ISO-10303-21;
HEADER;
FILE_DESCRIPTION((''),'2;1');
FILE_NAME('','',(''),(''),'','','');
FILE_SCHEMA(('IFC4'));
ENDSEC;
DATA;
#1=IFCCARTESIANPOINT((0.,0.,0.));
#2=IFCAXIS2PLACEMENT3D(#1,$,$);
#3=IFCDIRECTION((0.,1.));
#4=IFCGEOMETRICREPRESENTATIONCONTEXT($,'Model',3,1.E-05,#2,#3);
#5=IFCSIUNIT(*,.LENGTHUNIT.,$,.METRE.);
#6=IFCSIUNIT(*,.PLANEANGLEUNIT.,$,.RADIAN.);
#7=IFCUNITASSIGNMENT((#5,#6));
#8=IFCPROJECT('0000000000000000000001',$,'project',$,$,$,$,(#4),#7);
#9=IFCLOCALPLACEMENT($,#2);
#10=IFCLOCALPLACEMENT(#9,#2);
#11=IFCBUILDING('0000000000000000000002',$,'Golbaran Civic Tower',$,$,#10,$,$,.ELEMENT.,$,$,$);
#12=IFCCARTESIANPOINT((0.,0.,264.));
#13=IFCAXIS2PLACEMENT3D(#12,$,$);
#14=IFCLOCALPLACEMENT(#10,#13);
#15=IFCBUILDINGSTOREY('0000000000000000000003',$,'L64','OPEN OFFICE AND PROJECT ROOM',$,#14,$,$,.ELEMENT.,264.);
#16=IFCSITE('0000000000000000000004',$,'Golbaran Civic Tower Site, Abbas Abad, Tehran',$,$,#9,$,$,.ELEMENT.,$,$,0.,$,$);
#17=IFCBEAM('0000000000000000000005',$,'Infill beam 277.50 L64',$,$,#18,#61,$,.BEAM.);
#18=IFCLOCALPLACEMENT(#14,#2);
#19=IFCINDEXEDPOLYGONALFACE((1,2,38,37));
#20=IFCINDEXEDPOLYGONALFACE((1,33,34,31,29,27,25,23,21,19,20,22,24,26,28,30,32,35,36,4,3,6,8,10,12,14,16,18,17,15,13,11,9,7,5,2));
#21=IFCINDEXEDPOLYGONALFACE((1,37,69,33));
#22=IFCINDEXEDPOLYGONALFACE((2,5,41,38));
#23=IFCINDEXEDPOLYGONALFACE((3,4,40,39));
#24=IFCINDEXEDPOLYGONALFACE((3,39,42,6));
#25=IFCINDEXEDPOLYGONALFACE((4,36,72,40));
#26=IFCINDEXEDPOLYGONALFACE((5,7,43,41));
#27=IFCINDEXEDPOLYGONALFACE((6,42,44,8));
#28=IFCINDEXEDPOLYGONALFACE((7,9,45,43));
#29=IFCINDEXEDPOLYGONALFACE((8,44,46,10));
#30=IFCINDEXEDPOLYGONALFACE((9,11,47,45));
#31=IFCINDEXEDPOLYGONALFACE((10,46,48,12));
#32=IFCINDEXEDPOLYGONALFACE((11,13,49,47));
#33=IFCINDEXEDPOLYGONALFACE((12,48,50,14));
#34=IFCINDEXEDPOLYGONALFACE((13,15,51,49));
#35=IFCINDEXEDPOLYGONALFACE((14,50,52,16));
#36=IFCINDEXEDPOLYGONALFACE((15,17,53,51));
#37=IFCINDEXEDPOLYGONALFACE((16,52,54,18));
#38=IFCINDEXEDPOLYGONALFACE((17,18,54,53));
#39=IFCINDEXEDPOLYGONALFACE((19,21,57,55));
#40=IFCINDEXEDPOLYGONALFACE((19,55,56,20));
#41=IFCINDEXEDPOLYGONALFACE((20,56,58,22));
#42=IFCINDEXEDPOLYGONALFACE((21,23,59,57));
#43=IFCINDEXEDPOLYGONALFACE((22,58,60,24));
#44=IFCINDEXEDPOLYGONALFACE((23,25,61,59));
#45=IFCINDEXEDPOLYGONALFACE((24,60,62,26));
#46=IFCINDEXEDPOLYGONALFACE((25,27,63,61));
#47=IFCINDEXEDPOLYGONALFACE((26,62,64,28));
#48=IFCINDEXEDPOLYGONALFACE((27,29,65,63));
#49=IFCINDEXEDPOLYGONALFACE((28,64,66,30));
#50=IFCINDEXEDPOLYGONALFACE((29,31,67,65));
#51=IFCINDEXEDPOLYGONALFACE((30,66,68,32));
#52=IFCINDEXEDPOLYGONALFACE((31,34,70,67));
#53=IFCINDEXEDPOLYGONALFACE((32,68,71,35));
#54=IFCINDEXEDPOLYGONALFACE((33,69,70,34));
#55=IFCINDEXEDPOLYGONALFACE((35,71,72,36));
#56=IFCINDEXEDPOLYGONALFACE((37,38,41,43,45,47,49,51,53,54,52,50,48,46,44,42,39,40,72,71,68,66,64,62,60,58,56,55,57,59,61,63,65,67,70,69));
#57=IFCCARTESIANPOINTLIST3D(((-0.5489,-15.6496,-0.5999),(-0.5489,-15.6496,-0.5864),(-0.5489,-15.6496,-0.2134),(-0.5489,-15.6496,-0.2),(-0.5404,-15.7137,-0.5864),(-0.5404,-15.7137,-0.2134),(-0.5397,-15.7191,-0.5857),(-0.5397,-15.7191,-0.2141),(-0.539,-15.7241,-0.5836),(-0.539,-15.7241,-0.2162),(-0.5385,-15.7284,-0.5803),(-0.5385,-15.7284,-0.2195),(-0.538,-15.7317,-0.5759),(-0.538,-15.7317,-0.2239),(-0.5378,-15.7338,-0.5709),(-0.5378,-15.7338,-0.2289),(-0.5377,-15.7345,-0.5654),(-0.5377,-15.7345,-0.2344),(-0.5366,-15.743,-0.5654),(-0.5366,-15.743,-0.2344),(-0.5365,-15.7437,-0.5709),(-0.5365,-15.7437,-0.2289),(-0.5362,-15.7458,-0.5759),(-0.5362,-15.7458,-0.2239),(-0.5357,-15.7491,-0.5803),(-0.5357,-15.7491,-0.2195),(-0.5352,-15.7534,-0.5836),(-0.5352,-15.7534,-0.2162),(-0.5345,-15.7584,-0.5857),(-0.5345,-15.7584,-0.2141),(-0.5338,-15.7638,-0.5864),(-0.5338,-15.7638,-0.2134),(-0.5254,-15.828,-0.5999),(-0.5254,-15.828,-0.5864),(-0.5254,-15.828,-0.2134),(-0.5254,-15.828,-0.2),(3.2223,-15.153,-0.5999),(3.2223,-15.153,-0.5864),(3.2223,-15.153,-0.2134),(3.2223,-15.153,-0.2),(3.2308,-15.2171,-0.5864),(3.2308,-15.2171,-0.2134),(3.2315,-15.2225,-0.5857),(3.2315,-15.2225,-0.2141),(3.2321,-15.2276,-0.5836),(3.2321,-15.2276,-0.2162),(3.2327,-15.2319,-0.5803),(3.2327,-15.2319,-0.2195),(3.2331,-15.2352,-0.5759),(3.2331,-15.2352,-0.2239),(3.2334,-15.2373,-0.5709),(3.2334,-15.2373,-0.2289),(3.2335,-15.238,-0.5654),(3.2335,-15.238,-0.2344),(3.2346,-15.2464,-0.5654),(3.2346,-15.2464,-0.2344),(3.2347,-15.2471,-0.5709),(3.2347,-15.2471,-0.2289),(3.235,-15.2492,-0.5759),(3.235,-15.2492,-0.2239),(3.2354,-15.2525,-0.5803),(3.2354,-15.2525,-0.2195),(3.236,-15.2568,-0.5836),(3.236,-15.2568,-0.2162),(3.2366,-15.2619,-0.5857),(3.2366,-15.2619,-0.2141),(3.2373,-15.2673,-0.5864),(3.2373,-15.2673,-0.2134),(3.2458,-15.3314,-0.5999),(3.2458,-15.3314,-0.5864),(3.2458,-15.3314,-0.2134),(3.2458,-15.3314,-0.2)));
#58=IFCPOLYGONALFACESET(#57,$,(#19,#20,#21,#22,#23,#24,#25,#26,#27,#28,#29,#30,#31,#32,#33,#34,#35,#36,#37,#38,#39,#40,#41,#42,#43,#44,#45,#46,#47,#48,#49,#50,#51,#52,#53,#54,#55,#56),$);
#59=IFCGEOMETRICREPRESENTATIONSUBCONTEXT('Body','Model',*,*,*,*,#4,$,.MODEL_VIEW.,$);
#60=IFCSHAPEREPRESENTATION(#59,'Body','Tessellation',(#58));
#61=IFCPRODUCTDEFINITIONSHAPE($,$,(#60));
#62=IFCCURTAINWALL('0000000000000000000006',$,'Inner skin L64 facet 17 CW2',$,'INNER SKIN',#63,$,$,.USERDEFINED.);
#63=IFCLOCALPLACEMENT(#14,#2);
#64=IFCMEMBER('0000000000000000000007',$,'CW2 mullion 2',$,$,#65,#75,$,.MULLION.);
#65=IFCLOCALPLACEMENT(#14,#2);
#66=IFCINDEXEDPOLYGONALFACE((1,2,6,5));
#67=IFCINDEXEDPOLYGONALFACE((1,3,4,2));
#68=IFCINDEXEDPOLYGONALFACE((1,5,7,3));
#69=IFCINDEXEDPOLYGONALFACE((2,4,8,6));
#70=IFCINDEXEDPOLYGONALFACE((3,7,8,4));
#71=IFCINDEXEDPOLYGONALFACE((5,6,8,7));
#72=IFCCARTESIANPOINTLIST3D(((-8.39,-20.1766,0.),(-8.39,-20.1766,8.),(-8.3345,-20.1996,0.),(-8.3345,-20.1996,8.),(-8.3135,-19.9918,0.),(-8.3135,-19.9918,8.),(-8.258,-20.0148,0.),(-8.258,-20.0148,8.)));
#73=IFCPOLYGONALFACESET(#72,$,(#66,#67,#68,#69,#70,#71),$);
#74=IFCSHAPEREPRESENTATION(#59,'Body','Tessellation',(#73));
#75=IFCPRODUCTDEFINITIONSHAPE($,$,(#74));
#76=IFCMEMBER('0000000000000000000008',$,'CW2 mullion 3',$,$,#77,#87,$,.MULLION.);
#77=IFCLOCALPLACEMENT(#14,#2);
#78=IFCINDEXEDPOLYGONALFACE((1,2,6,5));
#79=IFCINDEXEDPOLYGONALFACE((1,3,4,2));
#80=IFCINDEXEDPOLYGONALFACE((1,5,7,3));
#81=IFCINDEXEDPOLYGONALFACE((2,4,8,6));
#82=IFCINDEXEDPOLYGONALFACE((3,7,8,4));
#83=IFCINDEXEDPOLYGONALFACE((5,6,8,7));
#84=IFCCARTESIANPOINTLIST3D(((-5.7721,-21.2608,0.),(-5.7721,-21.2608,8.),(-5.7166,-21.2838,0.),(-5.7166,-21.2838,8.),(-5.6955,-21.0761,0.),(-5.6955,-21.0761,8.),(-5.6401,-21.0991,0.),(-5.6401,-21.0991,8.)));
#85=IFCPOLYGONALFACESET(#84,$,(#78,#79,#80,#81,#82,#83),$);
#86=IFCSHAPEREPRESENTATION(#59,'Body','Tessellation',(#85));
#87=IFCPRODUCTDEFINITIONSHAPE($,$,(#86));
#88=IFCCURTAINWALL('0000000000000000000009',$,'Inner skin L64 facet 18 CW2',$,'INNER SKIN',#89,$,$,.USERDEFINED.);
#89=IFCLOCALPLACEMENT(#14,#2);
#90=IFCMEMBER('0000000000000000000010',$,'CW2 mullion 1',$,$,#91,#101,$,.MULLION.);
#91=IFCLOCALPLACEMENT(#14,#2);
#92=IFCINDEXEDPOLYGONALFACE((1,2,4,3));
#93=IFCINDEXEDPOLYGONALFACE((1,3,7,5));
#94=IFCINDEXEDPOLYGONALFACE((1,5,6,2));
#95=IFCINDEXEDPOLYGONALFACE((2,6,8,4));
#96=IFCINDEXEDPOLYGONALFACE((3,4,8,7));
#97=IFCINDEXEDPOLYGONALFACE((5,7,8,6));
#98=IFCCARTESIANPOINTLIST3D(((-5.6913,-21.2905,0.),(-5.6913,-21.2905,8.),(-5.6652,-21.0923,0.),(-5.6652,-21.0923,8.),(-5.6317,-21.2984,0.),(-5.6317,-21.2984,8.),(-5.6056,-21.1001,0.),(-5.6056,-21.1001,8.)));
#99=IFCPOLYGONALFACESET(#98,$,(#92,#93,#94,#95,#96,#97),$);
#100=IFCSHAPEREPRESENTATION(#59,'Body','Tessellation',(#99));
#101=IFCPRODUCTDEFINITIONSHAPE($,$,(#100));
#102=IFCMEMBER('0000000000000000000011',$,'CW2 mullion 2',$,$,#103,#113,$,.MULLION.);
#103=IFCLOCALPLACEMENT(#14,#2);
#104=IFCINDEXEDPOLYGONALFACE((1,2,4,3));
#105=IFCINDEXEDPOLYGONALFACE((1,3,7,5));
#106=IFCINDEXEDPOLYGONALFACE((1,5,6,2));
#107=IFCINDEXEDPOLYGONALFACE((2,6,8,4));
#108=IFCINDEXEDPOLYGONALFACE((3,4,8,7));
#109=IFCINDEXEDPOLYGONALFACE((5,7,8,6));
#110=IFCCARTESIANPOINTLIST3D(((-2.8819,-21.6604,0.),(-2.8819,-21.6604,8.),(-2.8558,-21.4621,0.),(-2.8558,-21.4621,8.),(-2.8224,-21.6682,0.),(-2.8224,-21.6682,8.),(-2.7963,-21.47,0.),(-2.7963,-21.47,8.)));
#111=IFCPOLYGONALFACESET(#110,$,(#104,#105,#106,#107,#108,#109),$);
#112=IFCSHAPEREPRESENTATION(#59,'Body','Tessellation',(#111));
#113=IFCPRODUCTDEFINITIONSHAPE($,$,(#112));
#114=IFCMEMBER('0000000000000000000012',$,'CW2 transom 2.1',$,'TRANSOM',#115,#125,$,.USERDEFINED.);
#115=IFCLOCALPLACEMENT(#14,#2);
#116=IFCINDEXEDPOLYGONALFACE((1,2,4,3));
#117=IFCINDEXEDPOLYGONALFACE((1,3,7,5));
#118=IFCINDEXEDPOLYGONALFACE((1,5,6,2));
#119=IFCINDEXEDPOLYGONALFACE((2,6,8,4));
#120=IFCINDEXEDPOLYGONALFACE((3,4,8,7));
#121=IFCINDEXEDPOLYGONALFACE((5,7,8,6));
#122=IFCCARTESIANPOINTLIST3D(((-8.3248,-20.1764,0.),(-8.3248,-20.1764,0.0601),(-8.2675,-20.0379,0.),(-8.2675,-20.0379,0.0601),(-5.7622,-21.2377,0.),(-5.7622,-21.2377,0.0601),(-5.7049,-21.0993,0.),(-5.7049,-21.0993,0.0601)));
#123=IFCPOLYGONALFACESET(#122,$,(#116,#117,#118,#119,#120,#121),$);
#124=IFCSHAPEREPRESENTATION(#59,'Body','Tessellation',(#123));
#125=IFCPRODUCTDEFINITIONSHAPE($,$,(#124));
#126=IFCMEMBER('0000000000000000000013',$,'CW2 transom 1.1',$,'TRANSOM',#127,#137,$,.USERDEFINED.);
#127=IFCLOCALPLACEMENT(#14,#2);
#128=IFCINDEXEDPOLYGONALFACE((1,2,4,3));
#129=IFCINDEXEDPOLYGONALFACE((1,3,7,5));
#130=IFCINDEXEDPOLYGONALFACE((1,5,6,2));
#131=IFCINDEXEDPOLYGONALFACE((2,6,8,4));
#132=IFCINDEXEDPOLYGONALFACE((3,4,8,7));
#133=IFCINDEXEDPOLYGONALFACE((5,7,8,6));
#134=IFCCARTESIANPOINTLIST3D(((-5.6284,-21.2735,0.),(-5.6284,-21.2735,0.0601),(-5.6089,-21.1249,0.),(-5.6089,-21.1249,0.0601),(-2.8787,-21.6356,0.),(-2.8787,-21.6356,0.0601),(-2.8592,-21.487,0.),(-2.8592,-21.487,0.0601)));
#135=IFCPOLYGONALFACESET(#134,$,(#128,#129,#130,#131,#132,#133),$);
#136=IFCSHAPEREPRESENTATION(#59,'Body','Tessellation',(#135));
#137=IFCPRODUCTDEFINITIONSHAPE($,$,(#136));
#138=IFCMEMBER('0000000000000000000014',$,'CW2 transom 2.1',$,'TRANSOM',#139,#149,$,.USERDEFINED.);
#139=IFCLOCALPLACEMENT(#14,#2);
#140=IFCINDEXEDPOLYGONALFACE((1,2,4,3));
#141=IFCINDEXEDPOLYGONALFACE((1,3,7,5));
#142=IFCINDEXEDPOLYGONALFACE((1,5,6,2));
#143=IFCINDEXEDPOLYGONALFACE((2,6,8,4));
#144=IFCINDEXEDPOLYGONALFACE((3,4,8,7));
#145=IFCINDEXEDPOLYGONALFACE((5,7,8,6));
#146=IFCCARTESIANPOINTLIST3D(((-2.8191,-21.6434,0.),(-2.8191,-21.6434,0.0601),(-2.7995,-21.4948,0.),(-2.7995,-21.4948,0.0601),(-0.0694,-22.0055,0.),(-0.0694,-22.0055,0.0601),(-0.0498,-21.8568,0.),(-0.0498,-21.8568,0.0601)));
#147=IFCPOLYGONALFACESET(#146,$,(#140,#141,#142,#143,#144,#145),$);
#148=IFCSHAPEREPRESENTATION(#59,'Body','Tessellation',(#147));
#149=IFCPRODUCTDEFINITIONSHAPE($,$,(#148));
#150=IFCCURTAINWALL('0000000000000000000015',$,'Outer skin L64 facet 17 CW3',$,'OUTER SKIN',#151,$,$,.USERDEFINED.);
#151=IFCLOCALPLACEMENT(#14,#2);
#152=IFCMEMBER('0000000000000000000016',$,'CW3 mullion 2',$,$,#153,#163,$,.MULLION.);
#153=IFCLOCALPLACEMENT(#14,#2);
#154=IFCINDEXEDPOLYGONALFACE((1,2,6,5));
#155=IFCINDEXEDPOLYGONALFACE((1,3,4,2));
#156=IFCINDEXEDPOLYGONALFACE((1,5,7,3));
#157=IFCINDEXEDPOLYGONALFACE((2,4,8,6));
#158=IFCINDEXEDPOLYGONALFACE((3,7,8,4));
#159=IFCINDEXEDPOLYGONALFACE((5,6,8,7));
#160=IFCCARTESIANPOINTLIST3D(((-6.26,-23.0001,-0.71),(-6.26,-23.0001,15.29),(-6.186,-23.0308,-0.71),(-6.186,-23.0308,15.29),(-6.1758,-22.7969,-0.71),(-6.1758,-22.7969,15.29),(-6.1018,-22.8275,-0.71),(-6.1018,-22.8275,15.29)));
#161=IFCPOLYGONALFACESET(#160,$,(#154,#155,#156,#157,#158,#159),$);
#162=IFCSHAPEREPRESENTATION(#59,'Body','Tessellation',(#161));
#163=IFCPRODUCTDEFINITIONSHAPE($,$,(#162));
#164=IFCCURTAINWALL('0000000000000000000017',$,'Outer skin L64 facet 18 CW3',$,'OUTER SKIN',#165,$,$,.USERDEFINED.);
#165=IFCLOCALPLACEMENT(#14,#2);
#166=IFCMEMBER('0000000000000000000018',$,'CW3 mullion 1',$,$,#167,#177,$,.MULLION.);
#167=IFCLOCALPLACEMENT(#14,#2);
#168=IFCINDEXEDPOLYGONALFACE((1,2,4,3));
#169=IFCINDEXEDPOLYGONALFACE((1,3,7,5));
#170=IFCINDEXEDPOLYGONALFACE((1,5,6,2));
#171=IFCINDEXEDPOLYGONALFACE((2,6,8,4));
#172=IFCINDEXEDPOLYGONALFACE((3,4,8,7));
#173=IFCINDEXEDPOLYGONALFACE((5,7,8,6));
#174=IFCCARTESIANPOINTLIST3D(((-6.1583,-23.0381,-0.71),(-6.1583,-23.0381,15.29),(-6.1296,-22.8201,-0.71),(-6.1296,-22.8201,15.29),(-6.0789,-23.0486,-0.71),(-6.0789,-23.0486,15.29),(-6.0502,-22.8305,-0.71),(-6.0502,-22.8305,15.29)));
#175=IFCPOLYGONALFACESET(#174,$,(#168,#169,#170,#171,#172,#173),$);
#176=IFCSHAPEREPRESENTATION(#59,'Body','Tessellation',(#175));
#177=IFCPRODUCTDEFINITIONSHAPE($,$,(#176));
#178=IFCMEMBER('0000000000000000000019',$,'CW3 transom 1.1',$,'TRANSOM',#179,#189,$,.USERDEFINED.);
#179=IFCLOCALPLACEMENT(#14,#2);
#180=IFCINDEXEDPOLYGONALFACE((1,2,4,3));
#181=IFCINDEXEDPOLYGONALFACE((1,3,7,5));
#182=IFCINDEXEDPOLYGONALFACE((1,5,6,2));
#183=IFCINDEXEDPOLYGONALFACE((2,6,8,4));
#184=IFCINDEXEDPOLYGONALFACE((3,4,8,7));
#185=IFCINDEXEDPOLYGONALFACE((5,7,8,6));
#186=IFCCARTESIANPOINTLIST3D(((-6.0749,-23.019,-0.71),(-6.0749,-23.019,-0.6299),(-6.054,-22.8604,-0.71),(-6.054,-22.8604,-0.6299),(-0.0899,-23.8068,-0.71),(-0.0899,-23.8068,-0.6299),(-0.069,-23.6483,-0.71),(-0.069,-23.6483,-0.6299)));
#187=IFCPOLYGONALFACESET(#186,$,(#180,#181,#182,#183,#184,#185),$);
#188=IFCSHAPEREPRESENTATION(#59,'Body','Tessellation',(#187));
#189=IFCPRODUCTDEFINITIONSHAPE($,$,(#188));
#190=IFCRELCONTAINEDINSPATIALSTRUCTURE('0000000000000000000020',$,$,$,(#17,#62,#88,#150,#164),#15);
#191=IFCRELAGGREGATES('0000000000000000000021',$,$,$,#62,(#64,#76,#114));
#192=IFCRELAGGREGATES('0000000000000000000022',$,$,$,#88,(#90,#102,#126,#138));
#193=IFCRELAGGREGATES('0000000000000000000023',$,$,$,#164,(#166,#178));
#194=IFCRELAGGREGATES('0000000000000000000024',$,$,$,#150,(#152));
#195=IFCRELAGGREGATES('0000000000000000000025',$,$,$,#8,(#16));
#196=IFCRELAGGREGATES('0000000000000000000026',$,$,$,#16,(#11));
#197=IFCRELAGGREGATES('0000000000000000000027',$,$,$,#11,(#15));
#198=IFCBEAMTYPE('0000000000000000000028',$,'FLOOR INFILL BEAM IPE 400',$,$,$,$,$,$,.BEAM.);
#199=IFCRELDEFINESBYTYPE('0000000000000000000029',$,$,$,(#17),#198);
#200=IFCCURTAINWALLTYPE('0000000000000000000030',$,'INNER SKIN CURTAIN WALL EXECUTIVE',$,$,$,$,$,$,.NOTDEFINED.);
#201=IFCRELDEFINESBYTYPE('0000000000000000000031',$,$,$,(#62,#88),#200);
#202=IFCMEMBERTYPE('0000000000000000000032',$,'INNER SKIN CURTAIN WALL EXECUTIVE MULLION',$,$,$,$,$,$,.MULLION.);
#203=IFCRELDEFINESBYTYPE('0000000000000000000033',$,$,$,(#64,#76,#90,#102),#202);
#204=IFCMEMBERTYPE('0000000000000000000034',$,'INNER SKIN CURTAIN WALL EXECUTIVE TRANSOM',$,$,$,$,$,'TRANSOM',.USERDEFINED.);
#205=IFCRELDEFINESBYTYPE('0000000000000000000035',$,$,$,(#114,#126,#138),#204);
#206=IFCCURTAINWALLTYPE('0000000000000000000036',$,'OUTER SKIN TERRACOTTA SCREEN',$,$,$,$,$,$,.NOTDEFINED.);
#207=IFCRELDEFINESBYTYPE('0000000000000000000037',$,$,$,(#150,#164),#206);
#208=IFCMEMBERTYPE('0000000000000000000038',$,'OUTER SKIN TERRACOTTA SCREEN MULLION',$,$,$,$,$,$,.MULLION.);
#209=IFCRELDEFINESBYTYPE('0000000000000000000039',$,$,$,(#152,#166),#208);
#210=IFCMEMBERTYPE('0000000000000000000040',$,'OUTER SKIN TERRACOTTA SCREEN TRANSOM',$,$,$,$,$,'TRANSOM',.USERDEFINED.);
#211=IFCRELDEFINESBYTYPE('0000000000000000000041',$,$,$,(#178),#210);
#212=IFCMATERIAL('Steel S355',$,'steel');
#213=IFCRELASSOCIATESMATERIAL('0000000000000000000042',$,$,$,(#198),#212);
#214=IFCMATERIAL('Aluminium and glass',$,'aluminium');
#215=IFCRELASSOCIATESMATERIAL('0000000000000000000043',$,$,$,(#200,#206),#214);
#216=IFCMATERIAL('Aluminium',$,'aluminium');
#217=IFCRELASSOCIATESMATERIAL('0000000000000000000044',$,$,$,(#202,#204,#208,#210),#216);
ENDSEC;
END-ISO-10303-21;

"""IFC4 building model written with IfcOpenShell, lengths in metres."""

from ifc_helpers import new_model, si_unit, direction, frame, origin, origin_2d, place, context, subcontext, project, spatial, rectangle, i_section, extrude, material, material_profile, profile_set, type_object, element, aggregate, save


model = new_model("IFC4")

# Units and contexts
model_context = context("Model", 3, precision=1e-05, world=origin(), true_north=direction((0.0, 1.0)))
body_context = subcontext(model_context, "Body", "Model", "MODEL_VIEW")
ifc_project = project(units=[si_unit("LENGTHUNIT", "METRE"), si_unit("PLANEANGLEUNIT", "RADIAN")], contexts=[model_context])

# Site, building, storey
site_placement = place(None, origin())
site = spatial("IfcSite", under=ifc_project, at=site_placement, Name="Golbaran Civic Tower Site, Abbas Abad, Tehran", CompositionType="ELEMENT", RefElevation=0.0)
building_placement = place(site_placement, origin())
building = spatial("IfcBuilding", under=site, at=building_placement, Name="Golbaran Civic Tower", CompositionType="ELEMENT")
storey_placement = place(building_placement, frame((0.0, 0.0, 264.0)))
storey = spatial("IfcBuildingStorey", under=building, at=storey_placement, Name="L64", Description="OPEN OFFICE AND PROJECT ROOM", CompositionType="ELEMENT", Elevation=264.0)

# Shared definitions
ifc_material_1 = material(Name="Steel S355", Category="steel")

# Beam
ifc_material_profile_1 = material_profile(ifc_material_1, i_section(OverallWidth=0.1799, OverallDepth=0.3999, WebThickness=0.0085, FlangeThickness=0.0134, FilletRadius=0.021, at=origin_2d()), Name="IPE 400")
ifc_profile_set_1 = profile_set([ifc_material_profile_1], Name="Steel S355")
beam_type_1 = type_object("IfcBeamType", Name="FLOOR INFILL BEAM IPE 400", PredefinedType="BEAM", material=ifc_profile_set_1)
beam_1_placement = place(storey_placement, frame((-0.5371, -15.7388, -0.3999), z_axis=(0.991442, 0.130549, 0.0), x_axis=(-0.130549, 0.991442, 0.0)))
element("IfcBeam", 1, at=beam_1_placement, inside=storey, type_object=beam_type_1, Name="Infill beam 277.50 L64", PredefinedType="BEAM", context=body_context, shape_type="SweptSolid", body=[
    extrude(i_section(OverallWidth=0.1799, OverallDepth=0.3999, WebThickness=0.0085, FlangeThickness=0.0134, FilletRadius=0.021, at=origin_2d()), origin(), (0.0, 0.0, 1.0), 3.8037),
])

# Curtain walls, members
ifc_material_2 = material(Name="Aluminium and glass", Category="aluminium")
curtain_wall_type_1 = type_object("IfcCurtainWallType", Name="INNER SKIN CURTAIN WALL EXECUTIVE", PredefinedType="NOTDEFINED", material=ifc_material_2)
curtain_wall_1_placement = place(storey_placement, origin())
curtain_wall_1 = element("IfcCurtainWall", 2, at=curtain_wall_1_placement, inside=storey, type_object=curtain_wall_type_1, Name="Inner skin L64 facet 17 CW2", ObjectType="INNER SKIN", PredefinedType="USERDEFINED")
ifc_material_3 = material(Name="Aluminium", Category="aluminium")
ifc_material_profile_2 = material_profile(ifc_material_3, rectangle(XDim=0.2, YDim=0.0601, at=origin_2d()), Name="INNER SKIN CURTAIN WALL EXECUTIVE MULLION")
ifc_profile_set_2 = profile_set([ifc_material_profile_2], Name="Aluminium")
member_type_1 = type_object("IfcMemberType", Name="INNER SKIN CURTAIN WALL EXECUTIVE MULLION", PredefinedType="MULLION", material=ifc_profile_set_2)
member_1_placement = place(storey_placement, frame((-8.324, -20.0957, 0.0), z_axis=(0.0, 0.0, 1.0), x_axis=(0.382683, 0.92388, 0.0)))
member_1 = element("IfcMember", 3, at=member_1_placement, type_object=member_type_1, Name="CW2 mullion 2", PredefinedType="MULLION", context=body_context, shape_type="SweptSolid", body=[
    extrude(rectangle(XDim=0.2, YDim=0.0601, at=origin_2d()), origin(), (0.0, 0.0, 1.0), 8.0),
])
member_2_placement = place(storey_placement, frame((-5.7061, -21.1799, 0.0), z_axis=(0.0, 0.0, 1.0), x_axis=(0.382683, 0.92388, 0.0)))
member_2 = element("IfcMember", 4, at=member_2_placement, type_object=member_type_1, Name="CW2 mullion 3", PredefinedType="MULLION", context=body_context, shape_type="SweptSolid", body=[
    extrude(rectangle(XDim=0.2, YDim=0.0601, at=origin_2d()), origin(), (0.0, 0.0, 1.0), 8.0),
])
curtain_wall_2_placement = place(storey_placement, origin())
curtain_wall_2 = element("IfcCurtainWall", 5, at=curtain_wall_2_placement, inside=storey, type_object=curtain_wall_type_1, Name="Inner skin L64 facet 18 CW2", ObjectType="INNER SKIN", PredefinedType="USERDEFINED")
member_3_placement = place(storey_placement, frame((-5.6484, -21.1953, 0.0), z_axis=(0.0, 0.0, 1.0), x_axis=(0.130526, 0.991445, 0.0)))
member_3 = element("IfcMember", 6, at=member_3_placement, type_object=member_type_1, Name="CW2 mullion 1", PredefinedType="MULLION", context=body_context, shape_type="SweptSolid", body=[
    extrude(rectangle(XDim=0.2, YDim=0.0601, at=origin_2d()), origin(), (0.0, 0.0, 1.0), 8.0),
])
member_4_placement = place(storey_placement, frame((-2.8391, -21.5652, 0.0), z_axis=(0.0, 0.0, 1.0), x_axis=(0.130526, 0.991445, 0.0)))
member_4 = element("IfcMember", 7, at=member_4_placement, type_object=member_type_1, Name="CW2 mullion 2", PredefinedType="MULLION", context=body_context, shape_type="SweptSolid", body=[
    extrude(rectangle(XDim=0.2, YDim=0.0601, at=origin_2d()), origin(), (0.0, 0.0, 1.0), 8.0),
])

# Members
ifc_material_profile_3 = material_profile(ifc_material_3, rectangle(XDim=0.1499, YDim=0.0601, at=origin_2d()), Name="INNER SKIN CURTAIN WALL EXECUTIVE TRANSOM")
ifc_profile_set_3 = profile_set([ifc_material_profile_3], Name="Aluminium")
member_type_2 = type_object("IfcMemberType", Name="INNER SKIN CURTAIN WALL EXECUTIVE TRANSOM", ElementType="TRANSOM", PredefinedType="USERDEFINED", material=ifc_profile_set_3)
member_5_placement = place(storey_placement, frame((-8.2961, -20.1072, 0.03), z_axis=(0.923898, -0.382639, 0.0), x_axis=(0.382639, 0.923898, 0.0)))
member_5 = element("IfcMember", 8, at=member_5_placement, type_object=member_type_2, Name="CW2 transom 2.1", ObjectType="TRANSOM", PredefinedType="USERDEFINED", context=body_context, shape_type="SweptSolid", body=[
    extrude(rectangle(XDim=0.1499, YDim=0.0601, at=origin_2d()), origin(), (0.0, 0.0, 1.0), 2.7737),
])
member_6_placement = place(storey_placement, frame((-5.6187, -21.1992, 0.03), z_axis=(0.991443, -0.130543, 0.0), x_axis=(0.130543, 0.991443, 0.0)))
member_6 = element("IfcMember", 9, at=member_6_placement, type_object=member_type_2, Name="CW2 transom 1.1", ObjectType="TRANSOM", PredefinedType="USERDEFINED", context=body_context, shape_type="SweptSolid", body=[
    extrude(rectangle(XDim=0.1499, YDim=0.0601, at=origin_2d()), origin(), (0.0, 0.0, 1.0), 2.7734),
])
member_7_placement = place(storey_placement, frame((-2.8093, -21.5691, 0.03), z_axis=(0.991443, -0.130543, 0.0), x_axis=(0.130543, 0.991443, 0.0)))
member_7 = element("IfcMember", 10, at=member_7_placement, type_object=member_type_2, Name="CW2 transom 2.1", ObjectType="TRANSOM", PredefinedType="USERDEFINED", context=body_context, shape_type="SweptSolid", body=[
    extrude(rectangle(XDim=0.1499, YDim=0.0601, at=origin_2d()), origin(), (0.0, 0.0, 1.0), 2.7734),
])

# Curtain wall, member
curtain_wall_type_2 = type_object("IfcCurtainWallType", Name="OUTER SKIN TERRACOTTA SCREEN", PredefinedType="NOTDEFINED", material=ifc_material_2)
curtain_wall_3_placement = place(storey_placement, origin())
curtain_wall_3 = element("IfcCurtainWall", 11, at=curtain_wall_3_placement, inside=storey, type_object=curtain_wall_type_2, Name="Outer skin L64 facet 17 CW3", ObjectType="OUTER SKIN", PredefinedType="USERDEFINED")
ifc_material_profile_4 = material_profile(ifc_material_3, rectangle(XDim=0.22, YDim=0.0801, at=origin_2d()), Name="OUTER SKIN TERRACOTTA SCREEN MULLION")
ifc_profile_set_4 = profile_set([ifc_material_profile_4], Name="Aluminium")
member_type_3 = type_object("IfcMemberType", Name="OUTER SKIN TERRACOTTA SCREEN MULLION", PredefinedType="MULLION", material=ifc_profile_set_4)
member_8_placement = place(storey_placement, frame((-6.1809, -22.9138, -0.71), z_axis=(0.0, 0.0, 1.0), x_axis=(0.382683, 0.92388, 0.0)))
member_8 = element("IfcMember", 12, at=member_8_placement, type_object=member_type_3, Name="CW3 mullion 2", PredefinedType="MULLION", context=body_context, shape_type="SweptSolid", body=[
    extrude(rectangle(XDim=0.22, YDim=0.0801, at=origin_2d()), origin(), (0.0, 0.0, 1.0), 16.0),
])

# Curtain wall, members
curtain_wall_4_placement = place(storey_placement, origin())
curtain_wall_4 = element("IfcCurtainWall", 13, at=curtain_wall_4_placement, inside=storey, type_object=curtain_wall_type_2, Name="Outer skin L64 facet 18 CW3", ObjectType="OUTER SKIN", PredefinedType="USERDEFINED")
member_9_placement = place(storey_placement, frame((-6.1042, -22.9343, -0.71), z_axis=(0.0, 0.0, 1.0), x_axis=(0.130526, 0.991445, 0.0)))
member_9 = element("IfcMember", 14, at=member_9_placement, type_object=member_type_3, Name="CW3 mullion 1", PredefinedType="MULLION", context=body_context, shape_type="SweptSolid", body=[
    extrude(rectangle(XDim=0.22, YDim=0.0801, at=origin_2d()), origin(), (0.0, 0.0, 1.0), 16.0),
])
ifc_material_profile_5 = material_profile(ifc_material_3, rectangle(XDim=0.1599, YDim=0.0801, at=origin_2d()), Name="OUTER SKIN TERRACOTTA SCREEN TRANSOM")
ifc_profile_set_5 = profile_set([ifc_material_profile_5], Name="Aluminium")
member_type_4 = type_object("IfcMemberType", Name="OUTER SKIN TERRACOTTA SCREEN TRANSOM", ElementType="TRANSOM", PredefinedType="USERDEFINED", material=ifc_profile_set_5)
member_10_placement = place(storey_placement, frame((-6.0645, -22.9397, -0.6699), z_axis=(0.991447, -0.130508, 0.0), x_axis=(0.130508, 0.991447, 0.0)))
member_10 = element("IfcMember", 15, at=member_10_placement, type_object=member_type_4, Name="CW3 transom 1.1", ObjectType="TRANSOM", PredefinedType="USERDEFINED", context=body_context, shape_type="SweptSolid", body=[
    extrude(rectangle(XDim=0.1599, YDim=0.0801, at=origin_2d()), origin(), (0.0, 0.0, 1.0), 6.0366),
])

aggregate(curtain_wall_1, [member_1, member_2, member_5])
aggregate(curtain_wall_2, [member_3, member_4, member_6, member_7])
aggregate(curtain_wall_4, [member_9, member_10])
aggregate(curtain_wall_3, [member_8])

save(model, "model.ifc")
